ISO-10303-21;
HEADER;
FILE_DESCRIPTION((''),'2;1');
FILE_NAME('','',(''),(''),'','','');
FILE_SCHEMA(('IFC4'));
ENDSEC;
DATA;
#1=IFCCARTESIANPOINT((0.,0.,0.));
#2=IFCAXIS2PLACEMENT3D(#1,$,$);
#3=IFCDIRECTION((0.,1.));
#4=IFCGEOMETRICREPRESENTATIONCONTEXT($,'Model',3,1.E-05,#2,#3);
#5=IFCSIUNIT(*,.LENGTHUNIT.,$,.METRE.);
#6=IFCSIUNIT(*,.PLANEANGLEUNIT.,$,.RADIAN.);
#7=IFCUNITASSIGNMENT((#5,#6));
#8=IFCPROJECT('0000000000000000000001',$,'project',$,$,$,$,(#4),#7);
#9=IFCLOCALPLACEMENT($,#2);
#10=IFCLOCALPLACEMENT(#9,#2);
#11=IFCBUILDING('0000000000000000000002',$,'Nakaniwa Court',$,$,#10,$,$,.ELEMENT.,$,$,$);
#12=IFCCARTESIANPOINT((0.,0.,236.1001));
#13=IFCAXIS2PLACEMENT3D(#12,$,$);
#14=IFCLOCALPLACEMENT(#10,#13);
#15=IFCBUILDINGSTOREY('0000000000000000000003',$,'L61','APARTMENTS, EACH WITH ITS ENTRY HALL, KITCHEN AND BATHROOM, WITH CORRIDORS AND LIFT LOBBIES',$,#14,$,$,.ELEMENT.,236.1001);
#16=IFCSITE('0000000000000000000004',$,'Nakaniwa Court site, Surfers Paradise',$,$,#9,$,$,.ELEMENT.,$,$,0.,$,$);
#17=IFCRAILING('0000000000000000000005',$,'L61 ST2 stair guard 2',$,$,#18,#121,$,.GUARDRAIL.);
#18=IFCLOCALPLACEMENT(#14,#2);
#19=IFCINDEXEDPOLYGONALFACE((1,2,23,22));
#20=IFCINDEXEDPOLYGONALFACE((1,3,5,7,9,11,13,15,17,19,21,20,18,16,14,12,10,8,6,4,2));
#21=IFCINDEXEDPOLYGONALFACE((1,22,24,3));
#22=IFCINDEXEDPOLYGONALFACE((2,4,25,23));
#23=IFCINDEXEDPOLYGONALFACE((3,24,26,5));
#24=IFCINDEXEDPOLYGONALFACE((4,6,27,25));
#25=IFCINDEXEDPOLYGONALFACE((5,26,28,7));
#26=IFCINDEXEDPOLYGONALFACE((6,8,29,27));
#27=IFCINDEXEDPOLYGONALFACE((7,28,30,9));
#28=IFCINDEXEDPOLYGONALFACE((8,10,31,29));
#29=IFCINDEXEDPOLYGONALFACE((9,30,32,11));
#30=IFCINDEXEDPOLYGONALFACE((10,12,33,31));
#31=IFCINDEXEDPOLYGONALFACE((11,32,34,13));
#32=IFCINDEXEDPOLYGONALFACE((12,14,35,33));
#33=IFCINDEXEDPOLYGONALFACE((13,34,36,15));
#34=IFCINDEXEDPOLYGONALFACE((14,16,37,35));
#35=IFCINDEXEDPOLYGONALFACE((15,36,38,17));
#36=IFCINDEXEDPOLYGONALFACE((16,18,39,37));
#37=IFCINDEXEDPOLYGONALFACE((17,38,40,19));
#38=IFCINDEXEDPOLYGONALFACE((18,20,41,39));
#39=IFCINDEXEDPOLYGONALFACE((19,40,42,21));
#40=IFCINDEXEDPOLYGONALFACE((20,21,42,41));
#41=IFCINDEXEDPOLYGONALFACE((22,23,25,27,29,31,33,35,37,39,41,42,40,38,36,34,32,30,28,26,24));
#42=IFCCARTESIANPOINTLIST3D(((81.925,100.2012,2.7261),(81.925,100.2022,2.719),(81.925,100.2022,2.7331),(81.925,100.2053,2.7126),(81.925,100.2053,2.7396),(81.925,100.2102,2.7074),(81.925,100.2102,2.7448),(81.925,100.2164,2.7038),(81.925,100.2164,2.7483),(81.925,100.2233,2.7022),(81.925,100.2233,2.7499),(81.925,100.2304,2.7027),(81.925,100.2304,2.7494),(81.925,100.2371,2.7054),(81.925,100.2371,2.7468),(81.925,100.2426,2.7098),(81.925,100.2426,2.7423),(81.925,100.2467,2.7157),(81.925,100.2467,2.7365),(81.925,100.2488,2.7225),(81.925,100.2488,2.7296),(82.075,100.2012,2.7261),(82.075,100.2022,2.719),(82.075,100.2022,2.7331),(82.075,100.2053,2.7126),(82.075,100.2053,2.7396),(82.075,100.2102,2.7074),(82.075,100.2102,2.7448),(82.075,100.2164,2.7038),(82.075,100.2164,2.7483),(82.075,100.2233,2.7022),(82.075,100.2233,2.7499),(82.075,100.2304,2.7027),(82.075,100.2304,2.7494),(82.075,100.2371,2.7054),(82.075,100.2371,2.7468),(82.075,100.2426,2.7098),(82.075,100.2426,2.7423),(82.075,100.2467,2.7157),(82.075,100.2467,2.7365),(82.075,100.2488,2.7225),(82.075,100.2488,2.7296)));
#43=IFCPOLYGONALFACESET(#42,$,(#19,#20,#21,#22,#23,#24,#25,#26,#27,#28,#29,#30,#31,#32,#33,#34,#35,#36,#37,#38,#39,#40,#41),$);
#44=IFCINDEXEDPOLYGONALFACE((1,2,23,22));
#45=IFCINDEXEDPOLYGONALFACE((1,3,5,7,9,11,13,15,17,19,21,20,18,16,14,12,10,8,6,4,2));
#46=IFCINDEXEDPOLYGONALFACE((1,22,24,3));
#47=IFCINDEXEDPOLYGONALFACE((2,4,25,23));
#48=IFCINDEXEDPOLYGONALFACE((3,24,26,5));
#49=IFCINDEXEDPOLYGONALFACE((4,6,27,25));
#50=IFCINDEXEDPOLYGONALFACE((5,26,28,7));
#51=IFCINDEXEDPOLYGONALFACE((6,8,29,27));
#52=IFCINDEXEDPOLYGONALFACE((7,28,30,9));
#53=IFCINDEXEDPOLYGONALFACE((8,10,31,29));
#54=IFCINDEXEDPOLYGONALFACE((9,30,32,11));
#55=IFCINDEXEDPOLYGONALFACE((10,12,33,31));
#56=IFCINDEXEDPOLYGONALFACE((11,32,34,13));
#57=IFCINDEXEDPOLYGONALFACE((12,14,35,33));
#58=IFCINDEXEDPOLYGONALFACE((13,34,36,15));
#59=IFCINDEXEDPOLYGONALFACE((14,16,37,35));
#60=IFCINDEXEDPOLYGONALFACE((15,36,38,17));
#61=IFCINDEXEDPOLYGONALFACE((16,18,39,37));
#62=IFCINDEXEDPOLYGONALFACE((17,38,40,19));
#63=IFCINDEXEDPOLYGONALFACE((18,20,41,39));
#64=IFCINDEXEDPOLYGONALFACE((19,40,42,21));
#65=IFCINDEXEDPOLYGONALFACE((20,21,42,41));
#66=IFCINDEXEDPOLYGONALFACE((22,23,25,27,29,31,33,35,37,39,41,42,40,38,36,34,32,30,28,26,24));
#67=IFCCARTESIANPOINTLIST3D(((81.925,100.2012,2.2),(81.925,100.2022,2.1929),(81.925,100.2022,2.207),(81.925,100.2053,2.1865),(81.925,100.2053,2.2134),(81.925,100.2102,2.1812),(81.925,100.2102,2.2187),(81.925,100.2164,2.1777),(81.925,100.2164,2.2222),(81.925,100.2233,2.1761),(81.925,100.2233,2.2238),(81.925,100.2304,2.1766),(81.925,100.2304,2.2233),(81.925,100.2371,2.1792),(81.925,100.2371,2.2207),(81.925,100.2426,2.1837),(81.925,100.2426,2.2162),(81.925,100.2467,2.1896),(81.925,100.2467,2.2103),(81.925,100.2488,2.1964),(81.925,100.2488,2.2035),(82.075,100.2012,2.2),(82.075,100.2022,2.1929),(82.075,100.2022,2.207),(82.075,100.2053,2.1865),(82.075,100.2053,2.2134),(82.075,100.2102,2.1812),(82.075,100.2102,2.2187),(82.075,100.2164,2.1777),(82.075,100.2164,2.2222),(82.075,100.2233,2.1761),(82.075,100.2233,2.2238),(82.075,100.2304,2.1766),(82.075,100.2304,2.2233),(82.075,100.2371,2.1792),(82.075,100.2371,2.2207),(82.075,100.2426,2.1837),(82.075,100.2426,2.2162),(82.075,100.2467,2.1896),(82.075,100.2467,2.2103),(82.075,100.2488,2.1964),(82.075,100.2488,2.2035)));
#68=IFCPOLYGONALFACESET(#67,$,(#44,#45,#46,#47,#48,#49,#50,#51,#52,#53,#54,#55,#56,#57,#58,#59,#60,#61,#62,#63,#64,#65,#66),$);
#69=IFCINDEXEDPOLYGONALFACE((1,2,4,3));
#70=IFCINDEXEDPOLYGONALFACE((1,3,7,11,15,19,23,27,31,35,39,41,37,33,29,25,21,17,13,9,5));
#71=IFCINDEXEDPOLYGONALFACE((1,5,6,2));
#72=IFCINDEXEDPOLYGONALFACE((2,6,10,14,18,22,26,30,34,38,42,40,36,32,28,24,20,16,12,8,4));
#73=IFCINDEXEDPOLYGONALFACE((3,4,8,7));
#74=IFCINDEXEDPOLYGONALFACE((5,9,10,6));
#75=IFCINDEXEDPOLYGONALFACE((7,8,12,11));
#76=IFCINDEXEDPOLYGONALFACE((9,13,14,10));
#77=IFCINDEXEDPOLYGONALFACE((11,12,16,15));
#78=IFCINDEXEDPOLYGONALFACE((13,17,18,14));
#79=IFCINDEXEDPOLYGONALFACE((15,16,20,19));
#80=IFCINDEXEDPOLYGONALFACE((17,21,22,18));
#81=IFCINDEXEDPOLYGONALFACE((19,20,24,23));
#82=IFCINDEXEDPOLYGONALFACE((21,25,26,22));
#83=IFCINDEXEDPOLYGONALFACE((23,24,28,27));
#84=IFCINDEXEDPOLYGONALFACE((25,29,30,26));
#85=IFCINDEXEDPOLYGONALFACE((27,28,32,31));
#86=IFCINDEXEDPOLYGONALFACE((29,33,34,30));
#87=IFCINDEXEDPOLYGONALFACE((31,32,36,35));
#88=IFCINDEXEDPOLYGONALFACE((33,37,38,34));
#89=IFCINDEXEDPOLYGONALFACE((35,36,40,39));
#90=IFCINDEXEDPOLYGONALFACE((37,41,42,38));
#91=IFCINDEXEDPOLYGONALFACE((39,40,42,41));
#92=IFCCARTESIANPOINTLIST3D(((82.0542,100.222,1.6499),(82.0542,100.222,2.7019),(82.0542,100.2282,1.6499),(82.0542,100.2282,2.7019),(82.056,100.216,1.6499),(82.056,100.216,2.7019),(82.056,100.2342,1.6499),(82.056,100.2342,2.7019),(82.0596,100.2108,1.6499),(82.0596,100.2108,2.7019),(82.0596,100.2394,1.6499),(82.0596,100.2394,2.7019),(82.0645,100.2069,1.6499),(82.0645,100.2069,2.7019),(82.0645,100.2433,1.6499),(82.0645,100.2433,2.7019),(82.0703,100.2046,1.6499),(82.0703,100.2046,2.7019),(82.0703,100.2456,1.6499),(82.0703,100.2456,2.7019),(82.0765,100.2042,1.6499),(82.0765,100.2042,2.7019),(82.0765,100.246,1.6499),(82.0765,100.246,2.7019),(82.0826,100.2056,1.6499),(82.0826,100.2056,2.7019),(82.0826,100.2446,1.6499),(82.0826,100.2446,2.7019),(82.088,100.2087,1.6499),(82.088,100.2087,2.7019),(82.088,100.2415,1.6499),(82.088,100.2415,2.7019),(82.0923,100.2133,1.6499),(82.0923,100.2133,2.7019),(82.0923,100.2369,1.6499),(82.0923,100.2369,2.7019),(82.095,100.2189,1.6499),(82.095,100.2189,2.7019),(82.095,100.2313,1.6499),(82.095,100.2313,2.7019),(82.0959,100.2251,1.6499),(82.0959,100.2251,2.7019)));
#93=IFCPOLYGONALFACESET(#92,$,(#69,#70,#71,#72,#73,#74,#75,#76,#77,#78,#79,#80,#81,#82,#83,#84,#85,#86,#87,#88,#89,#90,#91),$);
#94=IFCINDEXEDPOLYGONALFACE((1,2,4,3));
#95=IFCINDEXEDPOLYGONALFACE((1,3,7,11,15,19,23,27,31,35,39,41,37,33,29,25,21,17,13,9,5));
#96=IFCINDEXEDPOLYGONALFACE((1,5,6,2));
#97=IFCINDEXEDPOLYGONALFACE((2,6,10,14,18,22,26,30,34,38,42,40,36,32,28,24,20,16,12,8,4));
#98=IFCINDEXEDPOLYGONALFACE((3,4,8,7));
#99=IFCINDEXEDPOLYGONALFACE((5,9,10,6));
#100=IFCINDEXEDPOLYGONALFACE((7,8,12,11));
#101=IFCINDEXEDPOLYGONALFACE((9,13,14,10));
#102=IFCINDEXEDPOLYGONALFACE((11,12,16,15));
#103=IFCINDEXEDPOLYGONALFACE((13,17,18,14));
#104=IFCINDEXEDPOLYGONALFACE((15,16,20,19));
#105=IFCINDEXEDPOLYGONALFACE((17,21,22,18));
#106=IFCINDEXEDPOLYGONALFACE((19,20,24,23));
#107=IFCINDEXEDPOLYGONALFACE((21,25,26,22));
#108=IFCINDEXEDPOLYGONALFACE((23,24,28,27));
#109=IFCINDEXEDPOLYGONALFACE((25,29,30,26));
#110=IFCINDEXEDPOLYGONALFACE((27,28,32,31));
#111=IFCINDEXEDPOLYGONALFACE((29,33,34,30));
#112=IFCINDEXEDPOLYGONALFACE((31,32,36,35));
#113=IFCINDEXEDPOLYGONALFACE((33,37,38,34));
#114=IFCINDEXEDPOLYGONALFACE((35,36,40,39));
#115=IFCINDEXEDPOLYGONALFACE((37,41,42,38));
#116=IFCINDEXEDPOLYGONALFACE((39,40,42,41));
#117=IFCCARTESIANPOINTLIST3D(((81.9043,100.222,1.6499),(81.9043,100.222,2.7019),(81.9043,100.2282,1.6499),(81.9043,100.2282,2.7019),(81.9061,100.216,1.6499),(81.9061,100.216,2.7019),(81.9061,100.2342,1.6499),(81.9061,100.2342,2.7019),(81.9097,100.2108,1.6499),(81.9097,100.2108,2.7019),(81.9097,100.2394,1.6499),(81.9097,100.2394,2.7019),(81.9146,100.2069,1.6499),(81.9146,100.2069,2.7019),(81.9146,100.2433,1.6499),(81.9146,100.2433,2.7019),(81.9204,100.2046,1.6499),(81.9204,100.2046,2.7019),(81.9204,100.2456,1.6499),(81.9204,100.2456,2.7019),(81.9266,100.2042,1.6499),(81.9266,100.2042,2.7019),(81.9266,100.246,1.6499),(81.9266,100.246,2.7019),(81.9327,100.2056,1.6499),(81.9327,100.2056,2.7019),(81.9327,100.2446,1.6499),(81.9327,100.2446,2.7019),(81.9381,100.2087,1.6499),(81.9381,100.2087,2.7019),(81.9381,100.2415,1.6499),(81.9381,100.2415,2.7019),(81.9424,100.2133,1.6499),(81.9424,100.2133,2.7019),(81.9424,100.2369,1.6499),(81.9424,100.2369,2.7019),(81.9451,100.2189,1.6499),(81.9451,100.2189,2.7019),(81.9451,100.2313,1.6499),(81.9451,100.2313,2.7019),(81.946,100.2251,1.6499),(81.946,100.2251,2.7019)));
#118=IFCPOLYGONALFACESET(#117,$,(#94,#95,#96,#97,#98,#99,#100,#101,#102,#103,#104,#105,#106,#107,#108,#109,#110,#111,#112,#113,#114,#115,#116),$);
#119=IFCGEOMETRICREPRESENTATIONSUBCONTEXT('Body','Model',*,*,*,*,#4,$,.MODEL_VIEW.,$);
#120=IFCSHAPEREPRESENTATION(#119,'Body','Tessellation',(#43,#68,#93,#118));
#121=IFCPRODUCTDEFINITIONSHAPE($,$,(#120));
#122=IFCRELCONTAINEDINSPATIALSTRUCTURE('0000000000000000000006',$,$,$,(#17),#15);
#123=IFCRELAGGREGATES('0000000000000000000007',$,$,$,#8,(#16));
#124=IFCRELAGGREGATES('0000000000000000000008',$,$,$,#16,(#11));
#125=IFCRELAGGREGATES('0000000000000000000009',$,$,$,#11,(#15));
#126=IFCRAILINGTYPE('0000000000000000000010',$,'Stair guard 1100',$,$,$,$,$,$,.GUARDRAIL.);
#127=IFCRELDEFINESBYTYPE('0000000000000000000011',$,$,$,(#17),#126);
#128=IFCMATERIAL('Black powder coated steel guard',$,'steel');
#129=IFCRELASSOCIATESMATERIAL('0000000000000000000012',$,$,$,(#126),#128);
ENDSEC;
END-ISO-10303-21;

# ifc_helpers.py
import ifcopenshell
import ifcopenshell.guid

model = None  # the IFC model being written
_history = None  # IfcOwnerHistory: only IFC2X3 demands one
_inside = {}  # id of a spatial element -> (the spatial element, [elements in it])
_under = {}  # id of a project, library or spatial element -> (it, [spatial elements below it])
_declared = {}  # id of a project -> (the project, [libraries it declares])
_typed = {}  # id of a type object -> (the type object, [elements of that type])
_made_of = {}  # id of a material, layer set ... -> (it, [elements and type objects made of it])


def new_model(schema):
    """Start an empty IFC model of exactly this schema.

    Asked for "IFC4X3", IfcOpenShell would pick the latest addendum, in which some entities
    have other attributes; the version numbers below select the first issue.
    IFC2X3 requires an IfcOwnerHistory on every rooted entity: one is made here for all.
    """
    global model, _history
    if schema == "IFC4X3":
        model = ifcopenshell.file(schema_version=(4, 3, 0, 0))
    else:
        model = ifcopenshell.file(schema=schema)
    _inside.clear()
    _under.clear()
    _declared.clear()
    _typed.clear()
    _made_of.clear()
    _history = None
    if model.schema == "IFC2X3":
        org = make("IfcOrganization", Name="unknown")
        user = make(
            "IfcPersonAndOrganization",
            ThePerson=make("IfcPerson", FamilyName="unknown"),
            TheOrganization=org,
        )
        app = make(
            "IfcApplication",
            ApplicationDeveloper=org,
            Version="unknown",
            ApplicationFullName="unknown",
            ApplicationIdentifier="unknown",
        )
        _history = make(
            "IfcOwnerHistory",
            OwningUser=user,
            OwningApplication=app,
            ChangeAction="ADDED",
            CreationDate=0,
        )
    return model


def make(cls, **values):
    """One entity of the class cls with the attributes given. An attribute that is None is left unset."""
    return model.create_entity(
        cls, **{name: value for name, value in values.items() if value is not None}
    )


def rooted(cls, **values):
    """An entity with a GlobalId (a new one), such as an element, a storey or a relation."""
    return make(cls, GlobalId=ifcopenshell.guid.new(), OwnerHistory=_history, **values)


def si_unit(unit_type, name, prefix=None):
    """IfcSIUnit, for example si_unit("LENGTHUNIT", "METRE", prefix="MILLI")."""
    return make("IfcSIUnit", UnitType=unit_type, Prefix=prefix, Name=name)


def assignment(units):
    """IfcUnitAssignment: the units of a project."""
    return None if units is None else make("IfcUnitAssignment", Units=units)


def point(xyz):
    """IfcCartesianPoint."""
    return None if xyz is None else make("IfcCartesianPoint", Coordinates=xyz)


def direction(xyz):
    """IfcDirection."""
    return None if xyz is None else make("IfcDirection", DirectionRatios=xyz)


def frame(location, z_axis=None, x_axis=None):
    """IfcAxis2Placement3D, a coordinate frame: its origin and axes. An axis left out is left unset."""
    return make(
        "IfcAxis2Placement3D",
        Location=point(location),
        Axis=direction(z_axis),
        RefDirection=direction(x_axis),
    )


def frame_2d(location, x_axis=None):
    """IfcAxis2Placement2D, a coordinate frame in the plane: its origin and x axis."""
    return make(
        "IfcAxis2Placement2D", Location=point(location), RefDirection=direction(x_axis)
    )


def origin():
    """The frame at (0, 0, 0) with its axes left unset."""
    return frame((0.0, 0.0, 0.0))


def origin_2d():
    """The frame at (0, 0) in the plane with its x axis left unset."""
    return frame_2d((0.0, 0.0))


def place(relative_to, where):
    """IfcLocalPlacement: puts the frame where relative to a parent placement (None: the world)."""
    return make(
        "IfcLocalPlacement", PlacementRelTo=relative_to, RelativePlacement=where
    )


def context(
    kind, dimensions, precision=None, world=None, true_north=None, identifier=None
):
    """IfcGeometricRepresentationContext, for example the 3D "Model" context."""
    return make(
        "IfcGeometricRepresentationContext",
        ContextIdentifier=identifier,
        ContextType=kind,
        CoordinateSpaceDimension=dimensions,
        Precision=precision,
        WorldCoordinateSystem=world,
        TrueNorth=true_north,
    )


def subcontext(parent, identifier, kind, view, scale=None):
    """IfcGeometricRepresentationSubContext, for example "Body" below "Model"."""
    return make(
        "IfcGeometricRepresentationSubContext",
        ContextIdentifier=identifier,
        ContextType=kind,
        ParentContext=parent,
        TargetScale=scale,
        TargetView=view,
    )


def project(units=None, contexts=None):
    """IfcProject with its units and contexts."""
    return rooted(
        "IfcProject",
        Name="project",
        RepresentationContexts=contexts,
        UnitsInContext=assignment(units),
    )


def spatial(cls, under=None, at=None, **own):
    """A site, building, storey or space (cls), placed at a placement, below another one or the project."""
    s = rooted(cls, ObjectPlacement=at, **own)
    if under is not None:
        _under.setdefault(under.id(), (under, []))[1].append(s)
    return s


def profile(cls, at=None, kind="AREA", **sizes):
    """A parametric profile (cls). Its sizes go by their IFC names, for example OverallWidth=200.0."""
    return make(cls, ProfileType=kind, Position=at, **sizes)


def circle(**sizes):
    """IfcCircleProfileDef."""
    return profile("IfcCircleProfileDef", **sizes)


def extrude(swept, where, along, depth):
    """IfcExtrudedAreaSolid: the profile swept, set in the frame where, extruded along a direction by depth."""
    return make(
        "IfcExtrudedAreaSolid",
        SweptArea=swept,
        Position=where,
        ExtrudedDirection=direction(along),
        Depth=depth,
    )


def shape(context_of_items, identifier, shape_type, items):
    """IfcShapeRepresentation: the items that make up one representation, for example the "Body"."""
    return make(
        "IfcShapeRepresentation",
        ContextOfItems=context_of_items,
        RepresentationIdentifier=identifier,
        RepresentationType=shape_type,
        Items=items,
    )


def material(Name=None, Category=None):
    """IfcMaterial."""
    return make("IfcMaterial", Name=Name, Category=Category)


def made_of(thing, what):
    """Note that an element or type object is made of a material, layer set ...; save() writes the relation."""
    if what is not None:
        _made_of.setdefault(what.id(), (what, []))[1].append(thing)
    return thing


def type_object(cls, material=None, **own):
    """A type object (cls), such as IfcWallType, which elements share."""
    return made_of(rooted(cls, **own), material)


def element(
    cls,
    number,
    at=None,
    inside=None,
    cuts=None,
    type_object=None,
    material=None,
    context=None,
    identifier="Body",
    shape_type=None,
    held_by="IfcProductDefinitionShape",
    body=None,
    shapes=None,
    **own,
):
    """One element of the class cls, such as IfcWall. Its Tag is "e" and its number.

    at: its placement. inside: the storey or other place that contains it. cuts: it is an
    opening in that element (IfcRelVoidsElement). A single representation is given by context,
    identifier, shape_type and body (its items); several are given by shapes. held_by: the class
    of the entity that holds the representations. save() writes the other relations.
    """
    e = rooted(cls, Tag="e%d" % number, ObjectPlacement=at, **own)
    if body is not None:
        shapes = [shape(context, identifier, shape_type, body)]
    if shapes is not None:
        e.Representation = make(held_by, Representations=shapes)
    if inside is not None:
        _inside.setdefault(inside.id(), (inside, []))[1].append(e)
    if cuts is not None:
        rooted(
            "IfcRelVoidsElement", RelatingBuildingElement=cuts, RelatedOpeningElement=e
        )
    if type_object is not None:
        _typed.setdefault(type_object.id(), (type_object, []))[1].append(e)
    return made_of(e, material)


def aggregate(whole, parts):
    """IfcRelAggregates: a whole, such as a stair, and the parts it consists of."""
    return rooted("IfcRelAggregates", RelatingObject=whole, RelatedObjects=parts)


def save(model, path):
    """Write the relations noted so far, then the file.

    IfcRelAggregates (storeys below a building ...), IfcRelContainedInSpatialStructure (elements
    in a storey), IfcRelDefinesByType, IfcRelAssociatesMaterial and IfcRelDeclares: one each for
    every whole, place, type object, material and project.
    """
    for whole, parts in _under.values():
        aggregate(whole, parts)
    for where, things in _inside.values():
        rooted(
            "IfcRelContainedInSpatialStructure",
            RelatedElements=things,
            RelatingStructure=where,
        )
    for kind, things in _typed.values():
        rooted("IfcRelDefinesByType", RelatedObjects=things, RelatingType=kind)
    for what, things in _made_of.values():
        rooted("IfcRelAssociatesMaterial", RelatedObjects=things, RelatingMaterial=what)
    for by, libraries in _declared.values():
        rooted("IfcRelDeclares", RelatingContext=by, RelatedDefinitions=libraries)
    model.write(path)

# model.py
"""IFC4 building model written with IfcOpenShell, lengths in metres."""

from ifc_helpers import new_model, si_unit, direction, frame, origin, origin_2d, place, context, subcontext, project, spatial, circle, extrude, material, type_object, element, save


model = new_model("IFC4")

# Units and contexts
model_context = context("Model", 3, precision=1e-05, world=origin(), true_north=direction((0.0, 1.0)))
body_context = subcontext(model_context, "Body", "Model", "MODEL_VIEW")
ifc_project = project(units=[si_unit("LENGTHUNIT", "METRE"), si_unit("PLANEANGLEUNIT", "RADIAN")], contexts=[model_context])

# Site, building, storey
site_placement = place(None, origin())
site = spatial("IfcSite", under=ifc_project, at=site_placement, Name="Nakaniwa Court site, Surfers Paradise", CompositionType="ELEMENT", RefElevation=0.0)
building_placement = place(site_placement, origin())
building = spatial("IfcBuilding", under=site, at=building_placement, Name="Nakaniwa Court", CompositionType="ELEMENT")
storey_placement = place(building_placement, frame((0.0, 0.0, 236.1001)))
storey = spatial("IfcBuildingStorey", under=building, at=storey_placement, Name="L61", Description="APARTMENTS, EACH WITH ITS ENTRY HALL, KITCHEN AND BATHROOM, WITH CORRIDORS AND LIFT LOBBIES", CompositionType="ELEMENT", Elevation=236.1001)

# Railing
ifc_material_1 = material(Name="Black powder coated steel guard", Category="steel")
railing_type_1 = type_object("IfcRailingType", Name="Stair guard 1100", PredefinedType="GUARDRAIL", material=ifc_material_1)
railing_1_placement = place(storey_placement, frame((82.075, 100.2251, 1.6499)))
element("IfcRailing", 1, at=railing_1_placement, inside=storey, type_object=railing_type_1, Name="L61 ST2 stair guard 2", PredefinedType="GUARDRAIL", context=body_context, shape_type="SweptSolid", body=[
    extrude(circle(Radius=0.0239, at=origin_2d()), frame((0.0, 0.0, 1.0762), z_axis=(-1.0, 0.0, 0.0), x_axis=(0.0, -1.0, 0.0)), (0.0, 0.0, 1.0), 0.1499),
    extrude(circle(Radius=0.0239, at=origin_2d()), frame((0.0, 0.0, 0.55), z_axis=(-1.0, 0.0, 0.0), x_axis=(0.0, -1.0, 0.0)), (0.0, 0.0, 1.0), 0.1499),
    extrude(circle(Radius=0.021, at=origin_2d()), origin(), (0.0, 0.0, 1.0), 1.052),
    extrude(circle(Radius=0.021, at=origin_2d()), frame((-0.1499, 0.0, 0.0)), (0.0, 0.0, 1.0), 1.052),
])

save(model, "model.ifc")
